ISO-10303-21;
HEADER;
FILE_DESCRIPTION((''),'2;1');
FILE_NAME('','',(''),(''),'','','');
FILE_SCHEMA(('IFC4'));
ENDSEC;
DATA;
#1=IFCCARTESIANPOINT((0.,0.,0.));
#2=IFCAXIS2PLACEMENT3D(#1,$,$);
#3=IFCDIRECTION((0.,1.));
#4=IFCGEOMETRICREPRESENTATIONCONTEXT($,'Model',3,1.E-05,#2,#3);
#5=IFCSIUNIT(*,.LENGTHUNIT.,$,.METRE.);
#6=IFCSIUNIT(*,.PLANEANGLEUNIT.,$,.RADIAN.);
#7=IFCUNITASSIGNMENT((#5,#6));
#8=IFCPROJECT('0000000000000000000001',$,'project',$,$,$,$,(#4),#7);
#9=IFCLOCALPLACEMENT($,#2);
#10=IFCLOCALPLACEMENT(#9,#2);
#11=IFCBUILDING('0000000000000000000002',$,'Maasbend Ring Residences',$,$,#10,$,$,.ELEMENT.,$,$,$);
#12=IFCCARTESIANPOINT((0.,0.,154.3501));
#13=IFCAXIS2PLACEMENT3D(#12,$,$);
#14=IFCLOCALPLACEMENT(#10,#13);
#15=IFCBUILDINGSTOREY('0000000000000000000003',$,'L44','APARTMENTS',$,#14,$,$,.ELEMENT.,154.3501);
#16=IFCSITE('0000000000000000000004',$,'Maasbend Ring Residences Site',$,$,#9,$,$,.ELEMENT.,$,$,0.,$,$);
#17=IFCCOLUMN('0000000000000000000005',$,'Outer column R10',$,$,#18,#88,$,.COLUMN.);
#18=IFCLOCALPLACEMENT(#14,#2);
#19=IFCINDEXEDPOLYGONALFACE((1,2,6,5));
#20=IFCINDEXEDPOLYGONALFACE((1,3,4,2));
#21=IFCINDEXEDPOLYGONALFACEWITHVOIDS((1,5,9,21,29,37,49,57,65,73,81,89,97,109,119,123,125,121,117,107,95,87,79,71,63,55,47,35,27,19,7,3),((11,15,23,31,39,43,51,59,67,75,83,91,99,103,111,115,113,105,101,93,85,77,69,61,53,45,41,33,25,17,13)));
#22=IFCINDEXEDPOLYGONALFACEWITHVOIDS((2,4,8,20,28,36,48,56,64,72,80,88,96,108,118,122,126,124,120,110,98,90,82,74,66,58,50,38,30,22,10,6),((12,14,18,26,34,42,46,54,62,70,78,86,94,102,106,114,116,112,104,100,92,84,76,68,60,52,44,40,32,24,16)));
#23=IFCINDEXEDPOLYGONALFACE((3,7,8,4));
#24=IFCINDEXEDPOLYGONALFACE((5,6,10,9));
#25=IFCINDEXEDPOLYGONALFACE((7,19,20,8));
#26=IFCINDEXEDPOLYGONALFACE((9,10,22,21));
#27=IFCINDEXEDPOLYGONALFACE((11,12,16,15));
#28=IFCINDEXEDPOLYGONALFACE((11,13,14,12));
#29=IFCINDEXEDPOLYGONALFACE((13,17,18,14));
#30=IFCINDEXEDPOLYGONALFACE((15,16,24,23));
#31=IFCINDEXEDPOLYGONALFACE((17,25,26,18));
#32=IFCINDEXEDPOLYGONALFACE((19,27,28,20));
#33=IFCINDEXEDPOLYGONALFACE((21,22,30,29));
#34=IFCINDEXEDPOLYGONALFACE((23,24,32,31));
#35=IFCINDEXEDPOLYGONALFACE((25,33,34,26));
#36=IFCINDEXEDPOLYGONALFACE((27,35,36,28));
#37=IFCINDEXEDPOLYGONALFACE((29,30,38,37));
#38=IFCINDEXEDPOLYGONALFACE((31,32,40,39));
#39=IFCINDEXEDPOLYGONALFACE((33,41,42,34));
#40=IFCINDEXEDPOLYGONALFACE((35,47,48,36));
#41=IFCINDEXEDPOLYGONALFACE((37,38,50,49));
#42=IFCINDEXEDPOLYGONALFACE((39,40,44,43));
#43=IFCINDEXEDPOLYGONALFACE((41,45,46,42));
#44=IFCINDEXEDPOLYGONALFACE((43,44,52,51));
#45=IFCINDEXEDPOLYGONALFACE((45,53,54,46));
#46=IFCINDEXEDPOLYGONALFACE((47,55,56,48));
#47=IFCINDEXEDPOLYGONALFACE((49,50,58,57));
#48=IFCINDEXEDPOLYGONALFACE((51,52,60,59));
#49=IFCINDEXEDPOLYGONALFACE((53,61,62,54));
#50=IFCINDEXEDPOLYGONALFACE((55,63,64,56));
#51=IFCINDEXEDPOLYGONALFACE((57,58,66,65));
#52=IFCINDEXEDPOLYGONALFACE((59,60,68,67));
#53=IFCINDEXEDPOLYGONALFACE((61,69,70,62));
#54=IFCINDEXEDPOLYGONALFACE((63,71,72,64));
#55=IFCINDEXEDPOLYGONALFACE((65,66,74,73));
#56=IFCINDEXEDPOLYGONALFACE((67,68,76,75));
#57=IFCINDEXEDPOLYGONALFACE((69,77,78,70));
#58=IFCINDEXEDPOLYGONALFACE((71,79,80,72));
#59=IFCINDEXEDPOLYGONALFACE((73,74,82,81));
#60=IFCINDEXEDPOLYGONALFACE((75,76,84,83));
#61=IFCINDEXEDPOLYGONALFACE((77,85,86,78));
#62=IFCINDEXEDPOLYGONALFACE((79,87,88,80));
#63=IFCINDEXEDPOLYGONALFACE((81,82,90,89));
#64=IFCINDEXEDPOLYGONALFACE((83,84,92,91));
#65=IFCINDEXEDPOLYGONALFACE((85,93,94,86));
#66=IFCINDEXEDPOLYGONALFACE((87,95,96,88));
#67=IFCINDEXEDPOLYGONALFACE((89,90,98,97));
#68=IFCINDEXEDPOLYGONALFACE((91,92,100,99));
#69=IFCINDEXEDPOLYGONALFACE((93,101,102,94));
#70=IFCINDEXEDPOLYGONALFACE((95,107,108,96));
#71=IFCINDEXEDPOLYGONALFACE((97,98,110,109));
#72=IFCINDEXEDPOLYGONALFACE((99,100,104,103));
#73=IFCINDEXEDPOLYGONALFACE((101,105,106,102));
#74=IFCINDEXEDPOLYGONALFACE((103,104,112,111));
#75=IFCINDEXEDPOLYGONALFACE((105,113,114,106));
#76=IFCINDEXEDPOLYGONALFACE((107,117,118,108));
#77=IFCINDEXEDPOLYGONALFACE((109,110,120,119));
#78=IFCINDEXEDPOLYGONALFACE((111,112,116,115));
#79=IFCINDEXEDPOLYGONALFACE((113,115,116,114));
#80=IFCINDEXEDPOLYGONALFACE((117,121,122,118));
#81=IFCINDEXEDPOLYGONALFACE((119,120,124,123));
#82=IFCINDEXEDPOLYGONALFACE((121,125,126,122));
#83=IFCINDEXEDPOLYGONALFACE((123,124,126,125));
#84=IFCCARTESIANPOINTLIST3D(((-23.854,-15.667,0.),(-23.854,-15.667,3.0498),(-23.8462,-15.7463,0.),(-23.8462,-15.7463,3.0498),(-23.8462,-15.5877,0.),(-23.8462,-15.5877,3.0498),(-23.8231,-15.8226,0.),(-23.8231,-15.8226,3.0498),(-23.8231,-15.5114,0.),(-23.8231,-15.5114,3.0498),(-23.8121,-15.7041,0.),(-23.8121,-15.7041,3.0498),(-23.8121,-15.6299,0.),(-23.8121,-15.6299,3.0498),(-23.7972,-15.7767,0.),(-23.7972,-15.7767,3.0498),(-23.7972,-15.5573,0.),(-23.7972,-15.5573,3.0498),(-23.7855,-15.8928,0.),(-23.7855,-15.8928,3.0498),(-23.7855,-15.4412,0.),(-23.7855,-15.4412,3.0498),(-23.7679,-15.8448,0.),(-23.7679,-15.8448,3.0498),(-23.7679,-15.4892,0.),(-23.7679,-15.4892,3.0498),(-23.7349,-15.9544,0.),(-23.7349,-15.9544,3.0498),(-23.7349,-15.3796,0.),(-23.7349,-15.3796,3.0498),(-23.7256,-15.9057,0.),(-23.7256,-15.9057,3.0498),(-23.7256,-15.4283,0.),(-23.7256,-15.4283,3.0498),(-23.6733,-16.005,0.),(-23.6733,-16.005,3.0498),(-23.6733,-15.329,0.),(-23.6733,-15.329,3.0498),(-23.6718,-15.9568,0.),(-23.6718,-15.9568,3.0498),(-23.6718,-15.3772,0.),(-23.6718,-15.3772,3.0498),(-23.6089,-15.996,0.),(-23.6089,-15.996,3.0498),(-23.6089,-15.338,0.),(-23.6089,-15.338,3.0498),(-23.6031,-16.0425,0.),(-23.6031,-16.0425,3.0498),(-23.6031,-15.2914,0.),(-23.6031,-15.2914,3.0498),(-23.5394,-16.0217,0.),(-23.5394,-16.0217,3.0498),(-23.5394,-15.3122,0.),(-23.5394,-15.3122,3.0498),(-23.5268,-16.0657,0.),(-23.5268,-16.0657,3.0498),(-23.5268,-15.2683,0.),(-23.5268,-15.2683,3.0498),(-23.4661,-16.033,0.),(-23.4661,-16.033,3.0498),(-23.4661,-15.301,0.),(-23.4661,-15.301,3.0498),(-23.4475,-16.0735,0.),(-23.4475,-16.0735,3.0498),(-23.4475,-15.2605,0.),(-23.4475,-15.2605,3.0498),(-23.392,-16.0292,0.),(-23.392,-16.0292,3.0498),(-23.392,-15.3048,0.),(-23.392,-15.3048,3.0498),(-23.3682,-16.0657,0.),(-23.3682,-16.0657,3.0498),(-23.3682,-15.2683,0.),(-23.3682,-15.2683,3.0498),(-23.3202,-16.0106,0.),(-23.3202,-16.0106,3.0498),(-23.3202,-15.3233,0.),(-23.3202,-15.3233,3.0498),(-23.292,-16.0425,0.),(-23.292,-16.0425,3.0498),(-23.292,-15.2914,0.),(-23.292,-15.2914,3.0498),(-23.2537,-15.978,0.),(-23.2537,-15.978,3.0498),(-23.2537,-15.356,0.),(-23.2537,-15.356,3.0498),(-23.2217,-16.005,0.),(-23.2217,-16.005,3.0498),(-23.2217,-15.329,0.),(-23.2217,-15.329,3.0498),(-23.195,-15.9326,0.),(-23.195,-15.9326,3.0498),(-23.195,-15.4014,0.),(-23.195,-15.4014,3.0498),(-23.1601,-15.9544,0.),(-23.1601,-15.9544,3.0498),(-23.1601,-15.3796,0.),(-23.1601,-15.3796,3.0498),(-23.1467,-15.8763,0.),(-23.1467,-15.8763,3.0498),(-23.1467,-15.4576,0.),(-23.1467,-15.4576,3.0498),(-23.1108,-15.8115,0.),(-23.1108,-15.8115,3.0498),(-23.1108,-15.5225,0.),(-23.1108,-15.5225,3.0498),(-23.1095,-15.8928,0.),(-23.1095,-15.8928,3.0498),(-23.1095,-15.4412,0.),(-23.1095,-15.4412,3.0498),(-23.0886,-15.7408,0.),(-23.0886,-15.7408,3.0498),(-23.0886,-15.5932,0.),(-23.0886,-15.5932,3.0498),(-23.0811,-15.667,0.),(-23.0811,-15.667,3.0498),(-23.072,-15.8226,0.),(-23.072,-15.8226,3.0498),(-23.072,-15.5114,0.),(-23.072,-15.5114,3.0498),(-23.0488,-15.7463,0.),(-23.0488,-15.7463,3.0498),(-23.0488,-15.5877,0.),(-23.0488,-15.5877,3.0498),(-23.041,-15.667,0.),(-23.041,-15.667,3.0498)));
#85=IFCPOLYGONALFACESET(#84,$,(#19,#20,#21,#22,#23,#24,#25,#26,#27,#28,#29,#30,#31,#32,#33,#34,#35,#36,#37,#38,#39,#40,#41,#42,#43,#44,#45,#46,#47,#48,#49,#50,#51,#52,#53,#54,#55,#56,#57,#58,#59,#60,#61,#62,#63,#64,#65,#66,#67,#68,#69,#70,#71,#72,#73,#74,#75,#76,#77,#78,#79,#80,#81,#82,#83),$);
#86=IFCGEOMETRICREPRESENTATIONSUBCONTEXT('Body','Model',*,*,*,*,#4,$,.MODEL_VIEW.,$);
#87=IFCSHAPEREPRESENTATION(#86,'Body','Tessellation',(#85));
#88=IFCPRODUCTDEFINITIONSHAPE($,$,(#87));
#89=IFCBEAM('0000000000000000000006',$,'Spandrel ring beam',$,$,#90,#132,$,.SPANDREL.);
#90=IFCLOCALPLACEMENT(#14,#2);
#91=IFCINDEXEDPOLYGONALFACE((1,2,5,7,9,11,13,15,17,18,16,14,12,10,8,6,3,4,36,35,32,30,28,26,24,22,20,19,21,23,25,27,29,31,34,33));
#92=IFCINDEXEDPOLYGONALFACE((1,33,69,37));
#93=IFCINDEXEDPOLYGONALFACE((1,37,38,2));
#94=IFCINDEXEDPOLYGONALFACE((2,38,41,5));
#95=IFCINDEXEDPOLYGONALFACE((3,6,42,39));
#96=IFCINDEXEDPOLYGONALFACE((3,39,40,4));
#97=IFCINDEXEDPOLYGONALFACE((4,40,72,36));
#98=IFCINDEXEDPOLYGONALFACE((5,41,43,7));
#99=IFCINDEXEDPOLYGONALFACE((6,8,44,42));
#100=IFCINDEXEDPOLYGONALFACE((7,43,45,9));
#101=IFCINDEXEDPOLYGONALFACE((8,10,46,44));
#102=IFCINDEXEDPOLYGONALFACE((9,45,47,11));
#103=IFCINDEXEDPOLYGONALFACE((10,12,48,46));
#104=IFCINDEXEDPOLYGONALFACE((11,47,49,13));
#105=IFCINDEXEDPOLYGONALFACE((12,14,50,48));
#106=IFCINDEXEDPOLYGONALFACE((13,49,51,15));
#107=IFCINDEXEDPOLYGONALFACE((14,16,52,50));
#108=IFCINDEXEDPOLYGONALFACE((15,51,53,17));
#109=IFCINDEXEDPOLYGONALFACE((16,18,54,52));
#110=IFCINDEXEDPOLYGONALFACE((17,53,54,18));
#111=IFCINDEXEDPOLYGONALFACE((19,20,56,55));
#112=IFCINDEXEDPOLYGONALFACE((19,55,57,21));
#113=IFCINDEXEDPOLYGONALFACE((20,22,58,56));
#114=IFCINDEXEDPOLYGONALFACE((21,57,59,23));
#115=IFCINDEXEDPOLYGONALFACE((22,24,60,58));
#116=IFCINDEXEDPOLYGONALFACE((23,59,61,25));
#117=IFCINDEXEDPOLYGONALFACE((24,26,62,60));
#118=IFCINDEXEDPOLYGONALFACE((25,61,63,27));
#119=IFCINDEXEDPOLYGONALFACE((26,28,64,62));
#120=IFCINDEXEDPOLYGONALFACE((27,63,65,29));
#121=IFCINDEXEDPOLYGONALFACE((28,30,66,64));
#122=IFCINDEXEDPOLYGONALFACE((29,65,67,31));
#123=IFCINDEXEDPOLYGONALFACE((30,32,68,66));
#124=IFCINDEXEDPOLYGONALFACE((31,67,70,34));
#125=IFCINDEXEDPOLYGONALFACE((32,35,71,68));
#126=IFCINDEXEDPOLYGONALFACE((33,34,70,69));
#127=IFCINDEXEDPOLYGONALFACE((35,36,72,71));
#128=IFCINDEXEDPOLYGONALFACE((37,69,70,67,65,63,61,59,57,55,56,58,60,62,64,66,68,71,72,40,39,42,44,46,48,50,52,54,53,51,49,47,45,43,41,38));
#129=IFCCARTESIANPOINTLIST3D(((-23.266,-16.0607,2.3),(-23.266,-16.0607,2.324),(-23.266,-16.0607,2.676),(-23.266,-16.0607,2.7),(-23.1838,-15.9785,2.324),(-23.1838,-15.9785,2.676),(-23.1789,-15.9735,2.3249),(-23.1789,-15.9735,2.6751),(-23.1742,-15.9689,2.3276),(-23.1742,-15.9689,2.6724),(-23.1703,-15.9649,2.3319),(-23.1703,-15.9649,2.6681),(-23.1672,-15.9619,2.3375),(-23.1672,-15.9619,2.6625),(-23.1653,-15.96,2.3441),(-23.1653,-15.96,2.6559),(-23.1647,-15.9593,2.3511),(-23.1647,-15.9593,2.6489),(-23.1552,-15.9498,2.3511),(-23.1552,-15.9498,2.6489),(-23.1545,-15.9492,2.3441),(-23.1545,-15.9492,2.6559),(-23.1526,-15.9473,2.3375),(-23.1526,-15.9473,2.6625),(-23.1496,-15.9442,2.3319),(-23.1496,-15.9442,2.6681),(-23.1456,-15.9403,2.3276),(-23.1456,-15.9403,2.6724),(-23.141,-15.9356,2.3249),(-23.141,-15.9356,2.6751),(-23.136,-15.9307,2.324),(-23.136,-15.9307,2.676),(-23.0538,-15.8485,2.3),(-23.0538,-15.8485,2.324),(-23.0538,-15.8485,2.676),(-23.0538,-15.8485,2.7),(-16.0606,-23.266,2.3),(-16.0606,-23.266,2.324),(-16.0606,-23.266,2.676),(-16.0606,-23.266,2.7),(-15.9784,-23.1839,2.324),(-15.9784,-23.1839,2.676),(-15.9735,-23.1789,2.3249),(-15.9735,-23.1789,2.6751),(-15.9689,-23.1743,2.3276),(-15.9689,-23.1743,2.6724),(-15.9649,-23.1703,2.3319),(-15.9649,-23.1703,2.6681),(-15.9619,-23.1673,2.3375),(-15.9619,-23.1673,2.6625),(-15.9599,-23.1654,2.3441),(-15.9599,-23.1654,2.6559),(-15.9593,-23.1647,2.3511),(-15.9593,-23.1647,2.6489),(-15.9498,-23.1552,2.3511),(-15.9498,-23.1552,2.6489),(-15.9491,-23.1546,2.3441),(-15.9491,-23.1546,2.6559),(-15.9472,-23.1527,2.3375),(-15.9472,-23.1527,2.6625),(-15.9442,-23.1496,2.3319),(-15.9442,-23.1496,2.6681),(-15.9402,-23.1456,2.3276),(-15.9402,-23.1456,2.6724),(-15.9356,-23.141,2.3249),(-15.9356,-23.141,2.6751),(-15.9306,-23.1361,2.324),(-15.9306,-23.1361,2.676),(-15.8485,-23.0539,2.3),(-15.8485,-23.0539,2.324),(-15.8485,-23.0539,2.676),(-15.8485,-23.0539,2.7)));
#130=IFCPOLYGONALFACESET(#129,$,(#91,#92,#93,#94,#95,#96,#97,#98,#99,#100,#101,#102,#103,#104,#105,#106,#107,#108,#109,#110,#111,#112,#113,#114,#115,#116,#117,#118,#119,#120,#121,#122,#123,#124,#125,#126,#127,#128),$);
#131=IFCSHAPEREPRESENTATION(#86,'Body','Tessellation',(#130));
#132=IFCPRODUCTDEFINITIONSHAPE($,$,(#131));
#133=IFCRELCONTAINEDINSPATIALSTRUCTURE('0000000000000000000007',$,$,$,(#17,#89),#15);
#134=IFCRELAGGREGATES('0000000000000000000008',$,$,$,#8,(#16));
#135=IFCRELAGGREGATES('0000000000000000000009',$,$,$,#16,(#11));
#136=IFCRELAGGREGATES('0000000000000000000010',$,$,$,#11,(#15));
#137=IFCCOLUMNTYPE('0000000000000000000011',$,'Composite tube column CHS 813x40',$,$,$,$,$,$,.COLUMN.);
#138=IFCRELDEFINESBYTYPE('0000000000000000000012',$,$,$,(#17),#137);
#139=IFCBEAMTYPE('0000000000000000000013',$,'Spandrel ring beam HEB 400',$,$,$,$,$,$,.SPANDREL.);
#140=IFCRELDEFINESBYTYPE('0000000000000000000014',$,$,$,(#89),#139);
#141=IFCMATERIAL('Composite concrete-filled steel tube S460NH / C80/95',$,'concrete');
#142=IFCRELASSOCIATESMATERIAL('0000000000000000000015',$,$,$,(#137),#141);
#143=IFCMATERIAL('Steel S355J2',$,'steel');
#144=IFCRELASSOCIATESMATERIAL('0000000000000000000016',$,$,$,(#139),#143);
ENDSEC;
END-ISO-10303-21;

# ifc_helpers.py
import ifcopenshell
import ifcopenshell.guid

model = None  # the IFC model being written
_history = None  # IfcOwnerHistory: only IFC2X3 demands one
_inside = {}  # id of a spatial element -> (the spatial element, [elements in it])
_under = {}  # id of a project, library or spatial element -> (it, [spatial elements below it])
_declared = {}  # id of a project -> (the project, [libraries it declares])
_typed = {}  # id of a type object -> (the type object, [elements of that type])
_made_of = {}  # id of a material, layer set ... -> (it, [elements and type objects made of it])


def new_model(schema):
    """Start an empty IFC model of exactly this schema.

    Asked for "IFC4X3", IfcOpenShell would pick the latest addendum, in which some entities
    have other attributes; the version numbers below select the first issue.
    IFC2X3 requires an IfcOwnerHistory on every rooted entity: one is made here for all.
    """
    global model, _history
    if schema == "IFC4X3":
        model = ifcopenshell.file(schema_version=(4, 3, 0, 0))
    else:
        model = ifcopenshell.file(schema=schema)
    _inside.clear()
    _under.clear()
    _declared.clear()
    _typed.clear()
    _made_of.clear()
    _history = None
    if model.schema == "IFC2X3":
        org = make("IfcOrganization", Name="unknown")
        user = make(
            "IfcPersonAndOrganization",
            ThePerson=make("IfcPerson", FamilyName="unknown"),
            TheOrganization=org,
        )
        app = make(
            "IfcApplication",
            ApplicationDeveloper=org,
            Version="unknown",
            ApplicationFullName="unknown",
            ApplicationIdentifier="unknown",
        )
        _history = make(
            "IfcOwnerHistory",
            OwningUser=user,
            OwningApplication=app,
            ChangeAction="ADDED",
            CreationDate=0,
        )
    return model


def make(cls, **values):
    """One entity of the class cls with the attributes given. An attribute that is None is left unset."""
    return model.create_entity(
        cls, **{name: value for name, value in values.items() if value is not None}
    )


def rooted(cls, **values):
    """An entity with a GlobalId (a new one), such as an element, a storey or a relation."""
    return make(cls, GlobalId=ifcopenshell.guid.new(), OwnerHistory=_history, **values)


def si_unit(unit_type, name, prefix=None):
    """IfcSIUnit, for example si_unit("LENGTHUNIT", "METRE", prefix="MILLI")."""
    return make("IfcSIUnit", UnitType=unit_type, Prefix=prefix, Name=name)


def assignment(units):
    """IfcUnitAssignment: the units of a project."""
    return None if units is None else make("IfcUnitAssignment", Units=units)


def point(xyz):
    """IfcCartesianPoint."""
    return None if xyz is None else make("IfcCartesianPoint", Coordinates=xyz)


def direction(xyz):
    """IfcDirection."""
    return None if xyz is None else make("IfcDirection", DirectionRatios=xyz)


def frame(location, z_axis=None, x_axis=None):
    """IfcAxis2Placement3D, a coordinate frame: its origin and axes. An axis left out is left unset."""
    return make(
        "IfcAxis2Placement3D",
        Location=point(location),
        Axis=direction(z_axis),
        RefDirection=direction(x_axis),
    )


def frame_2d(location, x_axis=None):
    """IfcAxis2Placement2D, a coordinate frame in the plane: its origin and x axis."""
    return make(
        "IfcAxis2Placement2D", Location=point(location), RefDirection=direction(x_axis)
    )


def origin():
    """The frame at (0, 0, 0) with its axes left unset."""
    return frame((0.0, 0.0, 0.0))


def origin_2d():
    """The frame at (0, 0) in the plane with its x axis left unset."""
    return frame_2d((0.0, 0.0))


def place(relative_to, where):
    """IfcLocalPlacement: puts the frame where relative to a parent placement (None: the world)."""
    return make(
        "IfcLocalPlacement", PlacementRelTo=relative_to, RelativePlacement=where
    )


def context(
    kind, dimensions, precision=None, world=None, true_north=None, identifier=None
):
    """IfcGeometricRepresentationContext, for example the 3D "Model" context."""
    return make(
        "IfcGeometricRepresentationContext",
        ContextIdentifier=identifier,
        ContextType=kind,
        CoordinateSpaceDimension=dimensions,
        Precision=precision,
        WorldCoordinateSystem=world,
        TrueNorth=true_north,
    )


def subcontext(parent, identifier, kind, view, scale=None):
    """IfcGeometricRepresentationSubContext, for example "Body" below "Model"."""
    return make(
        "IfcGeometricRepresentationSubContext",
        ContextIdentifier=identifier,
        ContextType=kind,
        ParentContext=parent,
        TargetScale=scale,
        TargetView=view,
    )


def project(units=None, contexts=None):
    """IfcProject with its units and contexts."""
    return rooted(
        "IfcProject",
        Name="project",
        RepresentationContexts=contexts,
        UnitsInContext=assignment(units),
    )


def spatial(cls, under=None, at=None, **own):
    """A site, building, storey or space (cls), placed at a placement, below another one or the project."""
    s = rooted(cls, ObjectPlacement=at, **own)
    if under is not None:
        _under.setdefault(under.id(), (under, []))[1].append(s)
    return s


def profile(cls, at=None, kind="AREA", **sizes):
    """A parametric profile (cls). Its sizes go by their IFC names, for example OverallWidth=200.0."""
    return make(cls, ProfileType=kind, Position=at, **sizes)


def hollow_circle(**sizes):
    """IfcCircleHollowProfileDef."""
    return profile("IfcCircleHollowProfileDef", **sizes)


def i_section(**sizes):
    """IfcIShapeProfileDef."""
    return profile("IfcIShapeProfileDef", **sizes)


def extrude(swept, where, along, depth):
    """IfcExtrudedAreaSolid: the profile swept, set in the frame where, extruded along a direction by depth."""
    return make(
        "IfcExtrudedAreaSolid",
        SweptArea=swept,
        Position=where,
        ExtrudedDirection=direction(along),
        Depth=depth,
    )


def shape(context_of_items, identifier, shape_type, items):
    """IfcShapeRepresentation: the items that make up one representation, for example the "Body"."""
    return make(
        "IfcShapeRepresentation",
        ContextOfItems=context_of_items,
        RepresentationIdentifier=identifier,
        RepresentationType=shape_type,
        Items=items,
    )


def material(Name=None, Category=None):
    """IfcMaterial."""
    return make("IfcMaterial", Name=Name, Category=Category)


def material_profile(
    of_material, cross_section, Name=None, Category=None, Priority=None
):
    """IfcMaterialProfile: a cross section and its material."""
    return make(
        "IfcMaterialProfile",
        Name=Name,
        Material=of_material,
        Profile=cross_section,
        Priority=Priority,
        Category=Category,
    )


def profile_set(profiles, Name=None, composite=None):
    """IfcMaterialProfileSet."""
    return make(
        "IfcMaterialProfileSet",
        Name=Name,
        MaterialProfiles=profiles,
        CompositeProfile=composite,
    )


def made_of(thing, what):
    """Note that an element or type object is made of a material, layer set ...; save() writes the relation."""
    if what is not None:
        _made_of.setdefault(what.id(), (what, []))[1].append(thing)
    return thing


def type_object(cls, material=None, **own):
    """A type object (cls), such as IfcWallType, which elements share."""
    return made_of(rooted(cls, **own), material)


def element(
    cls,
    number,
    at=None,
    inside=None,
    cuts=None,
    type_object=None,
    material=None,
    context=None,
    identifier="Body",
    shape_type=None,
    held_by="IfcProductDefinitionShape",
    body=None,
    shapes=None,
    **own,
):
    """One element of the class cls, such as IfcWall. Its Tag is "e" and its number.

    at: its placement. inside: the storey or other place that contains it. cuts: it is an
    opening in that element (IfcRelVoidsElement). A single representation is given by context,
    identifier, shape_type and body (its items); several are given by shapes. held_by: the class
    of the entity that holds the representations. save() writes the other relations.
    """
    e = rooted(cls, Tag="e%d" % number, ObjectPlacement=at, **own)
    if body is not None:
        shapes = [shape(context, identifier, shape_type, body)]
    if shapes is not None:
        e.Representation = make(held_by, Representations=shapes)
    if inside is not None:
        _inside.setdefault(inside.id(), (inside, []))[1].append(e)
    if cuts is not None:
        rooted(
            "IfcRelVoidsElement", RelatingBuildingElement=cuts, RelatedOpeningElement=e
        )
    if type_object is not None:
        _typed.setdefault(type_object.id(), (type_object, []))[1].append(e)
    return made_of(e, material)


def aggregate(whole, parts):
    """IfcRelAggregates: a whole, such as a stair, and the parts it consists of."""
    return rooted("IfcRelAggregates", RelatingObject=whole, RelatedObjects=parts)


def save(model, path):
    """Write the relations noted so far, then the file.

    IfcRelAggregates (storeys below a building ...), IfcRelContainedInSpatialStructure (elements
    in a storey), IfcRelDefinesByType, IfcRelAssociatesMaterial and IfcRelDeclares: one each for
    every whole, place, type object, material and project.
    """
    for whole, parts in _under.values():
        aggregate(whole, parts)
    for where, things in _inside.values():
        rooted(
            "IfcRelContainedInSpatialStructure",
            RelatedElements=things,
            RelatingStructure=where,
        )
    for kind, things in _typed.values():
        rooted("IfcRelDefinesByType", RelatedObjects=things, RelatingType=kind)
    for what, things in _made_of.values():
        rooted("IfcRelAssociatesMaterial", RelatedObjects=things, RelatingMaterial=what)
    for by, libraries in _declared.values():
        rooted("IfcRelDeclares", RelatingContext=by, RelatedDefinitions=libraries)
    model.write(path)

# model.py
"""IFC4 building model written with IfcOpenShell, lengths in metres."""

from ifc_helpers import new_model, si_unit, direction, frame, origin, origin_2d, place, context, subcontext, project, spatial, hollow_circle, i_section, extrude, material, material_profile, profile_set, type_object, element, save


model = new_model("IFC4")

# Units and contexts
model_context = context("Model", 3, precision=1e-05, world=origin(), true_north=direction((0.0, 1.0)))
body_context = subcontext(model_context, "Body", "Model", "MODEL_VIEW")
ifc_project = project(units=[si_unit("LENGTHUNIT", "METRE"), si_unit("PLANEANGLEUNIT", "RADIAN")], contexts=[model_context])

# Site, building, storey
site_placement = place(None, origin())
site = spatial("IfcSite", under=ifc_project, at=site_placement, Name="Maasbend Ring Residences Site", CompositionType="ELEMENT", RefElevation=0.0)
building_placement = place(site_placement, origin())
building = spatial("IfcBuilding", under=site, at=building_placement, Name="Maasbend Ring Residences", CompositionType="ELEMENT")
storey_placement = place(building_placement, frame((0.0, 0.0, 154.3501)))
storey = spatial("IfcBuildingStorey", under=building, at=storey_placement, Name="L44", Description="APARTMENTS", CompositionType="ELEMENT", Elevation=154.3501)

# Column
ifc_material_1 = material(Name="Composite concrete-filled steel tube S460NH / C80/95", Category="concrete")
ifc_material_profile_1 = material_profile(ifc_material_1, hollow_circle(Radius=0.4065, WallThickness=0.04, at=origin_2d()), Name="Composite tube column CHS 813x40")
ifc_profile_set_1 = profile_set([ifc_material_profile_1], Name="Composite concrete-filled steel tube S460NH / C80/95")
column_type = type_object("IfcColumnType", Name="Composite tube column CHS 813x40", PredefinedType="COLUMN", material=ifc_profile_set_1)
column_placement = place(storey_placement, frame((-23.4475, -15.667, 0.0), z_axis=(0.0, 0.0, 1.0), x_axis=(1.0, 0.0, 0.0)))
element("IfcColumn", 1, at=column_placement, inside=storey, type_object=column_type, Name="Outer column R10", PredefinedType="COLUMN", context=body_context, shape_type="SweptSolid", body=[
    extrude(hollow_circle(Radius=0.4065, WallThickness=0.04, at=origin_2d()), origin(), (0.0, 0.0, 1.0), 3.0498),
])

# Beam
ifc_material_2 = material(Name="Steel S355J2", Category="steel")
ifc_material_profile_2 = material_profile(ifc_material_2, i_section(OverallWidth=0.3, OverallDepth=0.3999, WebThickness=0.0134, FlangeThickness=0.0239, FilletRadius=0.0271, at=origin_2d()), Name="HEB 400")
ifc_profile_set_2 = profile_set([ifc_material_profile_2], Name="Steel S355J2")
beam_type = type_object("IfcBeamType", Name="Spandrel ring beam HEB 400", PredefinedType="SPANDREL", material=ifc_profile_set_2)
beam_placement = place(storey_placement, frame((-23.1599, -15.9546, 2.5), z_axis=(0.707107, -0.707107, 0.0), x_axis=(0.707107, 0.707107, 0.0)))
element("IfcBeam", 2, at=beam_placement, inside=storey, type_object=beam_type, Name="Spandrel ring beam", PredefinedType="SPANDREL", context=body_context, shape_type="SweptSolid", body=[
    extrude(i_section(OverallWidth=0.3, OverallDepth=0.3999, WebThickness=0.0134, FlangeThickness=0.0239, FilletRadius=0.0271, at=origin_2d()), origin(), (0.0, 0.0, 1.0), 10.1899),
])

save(model, "model.ifc")
